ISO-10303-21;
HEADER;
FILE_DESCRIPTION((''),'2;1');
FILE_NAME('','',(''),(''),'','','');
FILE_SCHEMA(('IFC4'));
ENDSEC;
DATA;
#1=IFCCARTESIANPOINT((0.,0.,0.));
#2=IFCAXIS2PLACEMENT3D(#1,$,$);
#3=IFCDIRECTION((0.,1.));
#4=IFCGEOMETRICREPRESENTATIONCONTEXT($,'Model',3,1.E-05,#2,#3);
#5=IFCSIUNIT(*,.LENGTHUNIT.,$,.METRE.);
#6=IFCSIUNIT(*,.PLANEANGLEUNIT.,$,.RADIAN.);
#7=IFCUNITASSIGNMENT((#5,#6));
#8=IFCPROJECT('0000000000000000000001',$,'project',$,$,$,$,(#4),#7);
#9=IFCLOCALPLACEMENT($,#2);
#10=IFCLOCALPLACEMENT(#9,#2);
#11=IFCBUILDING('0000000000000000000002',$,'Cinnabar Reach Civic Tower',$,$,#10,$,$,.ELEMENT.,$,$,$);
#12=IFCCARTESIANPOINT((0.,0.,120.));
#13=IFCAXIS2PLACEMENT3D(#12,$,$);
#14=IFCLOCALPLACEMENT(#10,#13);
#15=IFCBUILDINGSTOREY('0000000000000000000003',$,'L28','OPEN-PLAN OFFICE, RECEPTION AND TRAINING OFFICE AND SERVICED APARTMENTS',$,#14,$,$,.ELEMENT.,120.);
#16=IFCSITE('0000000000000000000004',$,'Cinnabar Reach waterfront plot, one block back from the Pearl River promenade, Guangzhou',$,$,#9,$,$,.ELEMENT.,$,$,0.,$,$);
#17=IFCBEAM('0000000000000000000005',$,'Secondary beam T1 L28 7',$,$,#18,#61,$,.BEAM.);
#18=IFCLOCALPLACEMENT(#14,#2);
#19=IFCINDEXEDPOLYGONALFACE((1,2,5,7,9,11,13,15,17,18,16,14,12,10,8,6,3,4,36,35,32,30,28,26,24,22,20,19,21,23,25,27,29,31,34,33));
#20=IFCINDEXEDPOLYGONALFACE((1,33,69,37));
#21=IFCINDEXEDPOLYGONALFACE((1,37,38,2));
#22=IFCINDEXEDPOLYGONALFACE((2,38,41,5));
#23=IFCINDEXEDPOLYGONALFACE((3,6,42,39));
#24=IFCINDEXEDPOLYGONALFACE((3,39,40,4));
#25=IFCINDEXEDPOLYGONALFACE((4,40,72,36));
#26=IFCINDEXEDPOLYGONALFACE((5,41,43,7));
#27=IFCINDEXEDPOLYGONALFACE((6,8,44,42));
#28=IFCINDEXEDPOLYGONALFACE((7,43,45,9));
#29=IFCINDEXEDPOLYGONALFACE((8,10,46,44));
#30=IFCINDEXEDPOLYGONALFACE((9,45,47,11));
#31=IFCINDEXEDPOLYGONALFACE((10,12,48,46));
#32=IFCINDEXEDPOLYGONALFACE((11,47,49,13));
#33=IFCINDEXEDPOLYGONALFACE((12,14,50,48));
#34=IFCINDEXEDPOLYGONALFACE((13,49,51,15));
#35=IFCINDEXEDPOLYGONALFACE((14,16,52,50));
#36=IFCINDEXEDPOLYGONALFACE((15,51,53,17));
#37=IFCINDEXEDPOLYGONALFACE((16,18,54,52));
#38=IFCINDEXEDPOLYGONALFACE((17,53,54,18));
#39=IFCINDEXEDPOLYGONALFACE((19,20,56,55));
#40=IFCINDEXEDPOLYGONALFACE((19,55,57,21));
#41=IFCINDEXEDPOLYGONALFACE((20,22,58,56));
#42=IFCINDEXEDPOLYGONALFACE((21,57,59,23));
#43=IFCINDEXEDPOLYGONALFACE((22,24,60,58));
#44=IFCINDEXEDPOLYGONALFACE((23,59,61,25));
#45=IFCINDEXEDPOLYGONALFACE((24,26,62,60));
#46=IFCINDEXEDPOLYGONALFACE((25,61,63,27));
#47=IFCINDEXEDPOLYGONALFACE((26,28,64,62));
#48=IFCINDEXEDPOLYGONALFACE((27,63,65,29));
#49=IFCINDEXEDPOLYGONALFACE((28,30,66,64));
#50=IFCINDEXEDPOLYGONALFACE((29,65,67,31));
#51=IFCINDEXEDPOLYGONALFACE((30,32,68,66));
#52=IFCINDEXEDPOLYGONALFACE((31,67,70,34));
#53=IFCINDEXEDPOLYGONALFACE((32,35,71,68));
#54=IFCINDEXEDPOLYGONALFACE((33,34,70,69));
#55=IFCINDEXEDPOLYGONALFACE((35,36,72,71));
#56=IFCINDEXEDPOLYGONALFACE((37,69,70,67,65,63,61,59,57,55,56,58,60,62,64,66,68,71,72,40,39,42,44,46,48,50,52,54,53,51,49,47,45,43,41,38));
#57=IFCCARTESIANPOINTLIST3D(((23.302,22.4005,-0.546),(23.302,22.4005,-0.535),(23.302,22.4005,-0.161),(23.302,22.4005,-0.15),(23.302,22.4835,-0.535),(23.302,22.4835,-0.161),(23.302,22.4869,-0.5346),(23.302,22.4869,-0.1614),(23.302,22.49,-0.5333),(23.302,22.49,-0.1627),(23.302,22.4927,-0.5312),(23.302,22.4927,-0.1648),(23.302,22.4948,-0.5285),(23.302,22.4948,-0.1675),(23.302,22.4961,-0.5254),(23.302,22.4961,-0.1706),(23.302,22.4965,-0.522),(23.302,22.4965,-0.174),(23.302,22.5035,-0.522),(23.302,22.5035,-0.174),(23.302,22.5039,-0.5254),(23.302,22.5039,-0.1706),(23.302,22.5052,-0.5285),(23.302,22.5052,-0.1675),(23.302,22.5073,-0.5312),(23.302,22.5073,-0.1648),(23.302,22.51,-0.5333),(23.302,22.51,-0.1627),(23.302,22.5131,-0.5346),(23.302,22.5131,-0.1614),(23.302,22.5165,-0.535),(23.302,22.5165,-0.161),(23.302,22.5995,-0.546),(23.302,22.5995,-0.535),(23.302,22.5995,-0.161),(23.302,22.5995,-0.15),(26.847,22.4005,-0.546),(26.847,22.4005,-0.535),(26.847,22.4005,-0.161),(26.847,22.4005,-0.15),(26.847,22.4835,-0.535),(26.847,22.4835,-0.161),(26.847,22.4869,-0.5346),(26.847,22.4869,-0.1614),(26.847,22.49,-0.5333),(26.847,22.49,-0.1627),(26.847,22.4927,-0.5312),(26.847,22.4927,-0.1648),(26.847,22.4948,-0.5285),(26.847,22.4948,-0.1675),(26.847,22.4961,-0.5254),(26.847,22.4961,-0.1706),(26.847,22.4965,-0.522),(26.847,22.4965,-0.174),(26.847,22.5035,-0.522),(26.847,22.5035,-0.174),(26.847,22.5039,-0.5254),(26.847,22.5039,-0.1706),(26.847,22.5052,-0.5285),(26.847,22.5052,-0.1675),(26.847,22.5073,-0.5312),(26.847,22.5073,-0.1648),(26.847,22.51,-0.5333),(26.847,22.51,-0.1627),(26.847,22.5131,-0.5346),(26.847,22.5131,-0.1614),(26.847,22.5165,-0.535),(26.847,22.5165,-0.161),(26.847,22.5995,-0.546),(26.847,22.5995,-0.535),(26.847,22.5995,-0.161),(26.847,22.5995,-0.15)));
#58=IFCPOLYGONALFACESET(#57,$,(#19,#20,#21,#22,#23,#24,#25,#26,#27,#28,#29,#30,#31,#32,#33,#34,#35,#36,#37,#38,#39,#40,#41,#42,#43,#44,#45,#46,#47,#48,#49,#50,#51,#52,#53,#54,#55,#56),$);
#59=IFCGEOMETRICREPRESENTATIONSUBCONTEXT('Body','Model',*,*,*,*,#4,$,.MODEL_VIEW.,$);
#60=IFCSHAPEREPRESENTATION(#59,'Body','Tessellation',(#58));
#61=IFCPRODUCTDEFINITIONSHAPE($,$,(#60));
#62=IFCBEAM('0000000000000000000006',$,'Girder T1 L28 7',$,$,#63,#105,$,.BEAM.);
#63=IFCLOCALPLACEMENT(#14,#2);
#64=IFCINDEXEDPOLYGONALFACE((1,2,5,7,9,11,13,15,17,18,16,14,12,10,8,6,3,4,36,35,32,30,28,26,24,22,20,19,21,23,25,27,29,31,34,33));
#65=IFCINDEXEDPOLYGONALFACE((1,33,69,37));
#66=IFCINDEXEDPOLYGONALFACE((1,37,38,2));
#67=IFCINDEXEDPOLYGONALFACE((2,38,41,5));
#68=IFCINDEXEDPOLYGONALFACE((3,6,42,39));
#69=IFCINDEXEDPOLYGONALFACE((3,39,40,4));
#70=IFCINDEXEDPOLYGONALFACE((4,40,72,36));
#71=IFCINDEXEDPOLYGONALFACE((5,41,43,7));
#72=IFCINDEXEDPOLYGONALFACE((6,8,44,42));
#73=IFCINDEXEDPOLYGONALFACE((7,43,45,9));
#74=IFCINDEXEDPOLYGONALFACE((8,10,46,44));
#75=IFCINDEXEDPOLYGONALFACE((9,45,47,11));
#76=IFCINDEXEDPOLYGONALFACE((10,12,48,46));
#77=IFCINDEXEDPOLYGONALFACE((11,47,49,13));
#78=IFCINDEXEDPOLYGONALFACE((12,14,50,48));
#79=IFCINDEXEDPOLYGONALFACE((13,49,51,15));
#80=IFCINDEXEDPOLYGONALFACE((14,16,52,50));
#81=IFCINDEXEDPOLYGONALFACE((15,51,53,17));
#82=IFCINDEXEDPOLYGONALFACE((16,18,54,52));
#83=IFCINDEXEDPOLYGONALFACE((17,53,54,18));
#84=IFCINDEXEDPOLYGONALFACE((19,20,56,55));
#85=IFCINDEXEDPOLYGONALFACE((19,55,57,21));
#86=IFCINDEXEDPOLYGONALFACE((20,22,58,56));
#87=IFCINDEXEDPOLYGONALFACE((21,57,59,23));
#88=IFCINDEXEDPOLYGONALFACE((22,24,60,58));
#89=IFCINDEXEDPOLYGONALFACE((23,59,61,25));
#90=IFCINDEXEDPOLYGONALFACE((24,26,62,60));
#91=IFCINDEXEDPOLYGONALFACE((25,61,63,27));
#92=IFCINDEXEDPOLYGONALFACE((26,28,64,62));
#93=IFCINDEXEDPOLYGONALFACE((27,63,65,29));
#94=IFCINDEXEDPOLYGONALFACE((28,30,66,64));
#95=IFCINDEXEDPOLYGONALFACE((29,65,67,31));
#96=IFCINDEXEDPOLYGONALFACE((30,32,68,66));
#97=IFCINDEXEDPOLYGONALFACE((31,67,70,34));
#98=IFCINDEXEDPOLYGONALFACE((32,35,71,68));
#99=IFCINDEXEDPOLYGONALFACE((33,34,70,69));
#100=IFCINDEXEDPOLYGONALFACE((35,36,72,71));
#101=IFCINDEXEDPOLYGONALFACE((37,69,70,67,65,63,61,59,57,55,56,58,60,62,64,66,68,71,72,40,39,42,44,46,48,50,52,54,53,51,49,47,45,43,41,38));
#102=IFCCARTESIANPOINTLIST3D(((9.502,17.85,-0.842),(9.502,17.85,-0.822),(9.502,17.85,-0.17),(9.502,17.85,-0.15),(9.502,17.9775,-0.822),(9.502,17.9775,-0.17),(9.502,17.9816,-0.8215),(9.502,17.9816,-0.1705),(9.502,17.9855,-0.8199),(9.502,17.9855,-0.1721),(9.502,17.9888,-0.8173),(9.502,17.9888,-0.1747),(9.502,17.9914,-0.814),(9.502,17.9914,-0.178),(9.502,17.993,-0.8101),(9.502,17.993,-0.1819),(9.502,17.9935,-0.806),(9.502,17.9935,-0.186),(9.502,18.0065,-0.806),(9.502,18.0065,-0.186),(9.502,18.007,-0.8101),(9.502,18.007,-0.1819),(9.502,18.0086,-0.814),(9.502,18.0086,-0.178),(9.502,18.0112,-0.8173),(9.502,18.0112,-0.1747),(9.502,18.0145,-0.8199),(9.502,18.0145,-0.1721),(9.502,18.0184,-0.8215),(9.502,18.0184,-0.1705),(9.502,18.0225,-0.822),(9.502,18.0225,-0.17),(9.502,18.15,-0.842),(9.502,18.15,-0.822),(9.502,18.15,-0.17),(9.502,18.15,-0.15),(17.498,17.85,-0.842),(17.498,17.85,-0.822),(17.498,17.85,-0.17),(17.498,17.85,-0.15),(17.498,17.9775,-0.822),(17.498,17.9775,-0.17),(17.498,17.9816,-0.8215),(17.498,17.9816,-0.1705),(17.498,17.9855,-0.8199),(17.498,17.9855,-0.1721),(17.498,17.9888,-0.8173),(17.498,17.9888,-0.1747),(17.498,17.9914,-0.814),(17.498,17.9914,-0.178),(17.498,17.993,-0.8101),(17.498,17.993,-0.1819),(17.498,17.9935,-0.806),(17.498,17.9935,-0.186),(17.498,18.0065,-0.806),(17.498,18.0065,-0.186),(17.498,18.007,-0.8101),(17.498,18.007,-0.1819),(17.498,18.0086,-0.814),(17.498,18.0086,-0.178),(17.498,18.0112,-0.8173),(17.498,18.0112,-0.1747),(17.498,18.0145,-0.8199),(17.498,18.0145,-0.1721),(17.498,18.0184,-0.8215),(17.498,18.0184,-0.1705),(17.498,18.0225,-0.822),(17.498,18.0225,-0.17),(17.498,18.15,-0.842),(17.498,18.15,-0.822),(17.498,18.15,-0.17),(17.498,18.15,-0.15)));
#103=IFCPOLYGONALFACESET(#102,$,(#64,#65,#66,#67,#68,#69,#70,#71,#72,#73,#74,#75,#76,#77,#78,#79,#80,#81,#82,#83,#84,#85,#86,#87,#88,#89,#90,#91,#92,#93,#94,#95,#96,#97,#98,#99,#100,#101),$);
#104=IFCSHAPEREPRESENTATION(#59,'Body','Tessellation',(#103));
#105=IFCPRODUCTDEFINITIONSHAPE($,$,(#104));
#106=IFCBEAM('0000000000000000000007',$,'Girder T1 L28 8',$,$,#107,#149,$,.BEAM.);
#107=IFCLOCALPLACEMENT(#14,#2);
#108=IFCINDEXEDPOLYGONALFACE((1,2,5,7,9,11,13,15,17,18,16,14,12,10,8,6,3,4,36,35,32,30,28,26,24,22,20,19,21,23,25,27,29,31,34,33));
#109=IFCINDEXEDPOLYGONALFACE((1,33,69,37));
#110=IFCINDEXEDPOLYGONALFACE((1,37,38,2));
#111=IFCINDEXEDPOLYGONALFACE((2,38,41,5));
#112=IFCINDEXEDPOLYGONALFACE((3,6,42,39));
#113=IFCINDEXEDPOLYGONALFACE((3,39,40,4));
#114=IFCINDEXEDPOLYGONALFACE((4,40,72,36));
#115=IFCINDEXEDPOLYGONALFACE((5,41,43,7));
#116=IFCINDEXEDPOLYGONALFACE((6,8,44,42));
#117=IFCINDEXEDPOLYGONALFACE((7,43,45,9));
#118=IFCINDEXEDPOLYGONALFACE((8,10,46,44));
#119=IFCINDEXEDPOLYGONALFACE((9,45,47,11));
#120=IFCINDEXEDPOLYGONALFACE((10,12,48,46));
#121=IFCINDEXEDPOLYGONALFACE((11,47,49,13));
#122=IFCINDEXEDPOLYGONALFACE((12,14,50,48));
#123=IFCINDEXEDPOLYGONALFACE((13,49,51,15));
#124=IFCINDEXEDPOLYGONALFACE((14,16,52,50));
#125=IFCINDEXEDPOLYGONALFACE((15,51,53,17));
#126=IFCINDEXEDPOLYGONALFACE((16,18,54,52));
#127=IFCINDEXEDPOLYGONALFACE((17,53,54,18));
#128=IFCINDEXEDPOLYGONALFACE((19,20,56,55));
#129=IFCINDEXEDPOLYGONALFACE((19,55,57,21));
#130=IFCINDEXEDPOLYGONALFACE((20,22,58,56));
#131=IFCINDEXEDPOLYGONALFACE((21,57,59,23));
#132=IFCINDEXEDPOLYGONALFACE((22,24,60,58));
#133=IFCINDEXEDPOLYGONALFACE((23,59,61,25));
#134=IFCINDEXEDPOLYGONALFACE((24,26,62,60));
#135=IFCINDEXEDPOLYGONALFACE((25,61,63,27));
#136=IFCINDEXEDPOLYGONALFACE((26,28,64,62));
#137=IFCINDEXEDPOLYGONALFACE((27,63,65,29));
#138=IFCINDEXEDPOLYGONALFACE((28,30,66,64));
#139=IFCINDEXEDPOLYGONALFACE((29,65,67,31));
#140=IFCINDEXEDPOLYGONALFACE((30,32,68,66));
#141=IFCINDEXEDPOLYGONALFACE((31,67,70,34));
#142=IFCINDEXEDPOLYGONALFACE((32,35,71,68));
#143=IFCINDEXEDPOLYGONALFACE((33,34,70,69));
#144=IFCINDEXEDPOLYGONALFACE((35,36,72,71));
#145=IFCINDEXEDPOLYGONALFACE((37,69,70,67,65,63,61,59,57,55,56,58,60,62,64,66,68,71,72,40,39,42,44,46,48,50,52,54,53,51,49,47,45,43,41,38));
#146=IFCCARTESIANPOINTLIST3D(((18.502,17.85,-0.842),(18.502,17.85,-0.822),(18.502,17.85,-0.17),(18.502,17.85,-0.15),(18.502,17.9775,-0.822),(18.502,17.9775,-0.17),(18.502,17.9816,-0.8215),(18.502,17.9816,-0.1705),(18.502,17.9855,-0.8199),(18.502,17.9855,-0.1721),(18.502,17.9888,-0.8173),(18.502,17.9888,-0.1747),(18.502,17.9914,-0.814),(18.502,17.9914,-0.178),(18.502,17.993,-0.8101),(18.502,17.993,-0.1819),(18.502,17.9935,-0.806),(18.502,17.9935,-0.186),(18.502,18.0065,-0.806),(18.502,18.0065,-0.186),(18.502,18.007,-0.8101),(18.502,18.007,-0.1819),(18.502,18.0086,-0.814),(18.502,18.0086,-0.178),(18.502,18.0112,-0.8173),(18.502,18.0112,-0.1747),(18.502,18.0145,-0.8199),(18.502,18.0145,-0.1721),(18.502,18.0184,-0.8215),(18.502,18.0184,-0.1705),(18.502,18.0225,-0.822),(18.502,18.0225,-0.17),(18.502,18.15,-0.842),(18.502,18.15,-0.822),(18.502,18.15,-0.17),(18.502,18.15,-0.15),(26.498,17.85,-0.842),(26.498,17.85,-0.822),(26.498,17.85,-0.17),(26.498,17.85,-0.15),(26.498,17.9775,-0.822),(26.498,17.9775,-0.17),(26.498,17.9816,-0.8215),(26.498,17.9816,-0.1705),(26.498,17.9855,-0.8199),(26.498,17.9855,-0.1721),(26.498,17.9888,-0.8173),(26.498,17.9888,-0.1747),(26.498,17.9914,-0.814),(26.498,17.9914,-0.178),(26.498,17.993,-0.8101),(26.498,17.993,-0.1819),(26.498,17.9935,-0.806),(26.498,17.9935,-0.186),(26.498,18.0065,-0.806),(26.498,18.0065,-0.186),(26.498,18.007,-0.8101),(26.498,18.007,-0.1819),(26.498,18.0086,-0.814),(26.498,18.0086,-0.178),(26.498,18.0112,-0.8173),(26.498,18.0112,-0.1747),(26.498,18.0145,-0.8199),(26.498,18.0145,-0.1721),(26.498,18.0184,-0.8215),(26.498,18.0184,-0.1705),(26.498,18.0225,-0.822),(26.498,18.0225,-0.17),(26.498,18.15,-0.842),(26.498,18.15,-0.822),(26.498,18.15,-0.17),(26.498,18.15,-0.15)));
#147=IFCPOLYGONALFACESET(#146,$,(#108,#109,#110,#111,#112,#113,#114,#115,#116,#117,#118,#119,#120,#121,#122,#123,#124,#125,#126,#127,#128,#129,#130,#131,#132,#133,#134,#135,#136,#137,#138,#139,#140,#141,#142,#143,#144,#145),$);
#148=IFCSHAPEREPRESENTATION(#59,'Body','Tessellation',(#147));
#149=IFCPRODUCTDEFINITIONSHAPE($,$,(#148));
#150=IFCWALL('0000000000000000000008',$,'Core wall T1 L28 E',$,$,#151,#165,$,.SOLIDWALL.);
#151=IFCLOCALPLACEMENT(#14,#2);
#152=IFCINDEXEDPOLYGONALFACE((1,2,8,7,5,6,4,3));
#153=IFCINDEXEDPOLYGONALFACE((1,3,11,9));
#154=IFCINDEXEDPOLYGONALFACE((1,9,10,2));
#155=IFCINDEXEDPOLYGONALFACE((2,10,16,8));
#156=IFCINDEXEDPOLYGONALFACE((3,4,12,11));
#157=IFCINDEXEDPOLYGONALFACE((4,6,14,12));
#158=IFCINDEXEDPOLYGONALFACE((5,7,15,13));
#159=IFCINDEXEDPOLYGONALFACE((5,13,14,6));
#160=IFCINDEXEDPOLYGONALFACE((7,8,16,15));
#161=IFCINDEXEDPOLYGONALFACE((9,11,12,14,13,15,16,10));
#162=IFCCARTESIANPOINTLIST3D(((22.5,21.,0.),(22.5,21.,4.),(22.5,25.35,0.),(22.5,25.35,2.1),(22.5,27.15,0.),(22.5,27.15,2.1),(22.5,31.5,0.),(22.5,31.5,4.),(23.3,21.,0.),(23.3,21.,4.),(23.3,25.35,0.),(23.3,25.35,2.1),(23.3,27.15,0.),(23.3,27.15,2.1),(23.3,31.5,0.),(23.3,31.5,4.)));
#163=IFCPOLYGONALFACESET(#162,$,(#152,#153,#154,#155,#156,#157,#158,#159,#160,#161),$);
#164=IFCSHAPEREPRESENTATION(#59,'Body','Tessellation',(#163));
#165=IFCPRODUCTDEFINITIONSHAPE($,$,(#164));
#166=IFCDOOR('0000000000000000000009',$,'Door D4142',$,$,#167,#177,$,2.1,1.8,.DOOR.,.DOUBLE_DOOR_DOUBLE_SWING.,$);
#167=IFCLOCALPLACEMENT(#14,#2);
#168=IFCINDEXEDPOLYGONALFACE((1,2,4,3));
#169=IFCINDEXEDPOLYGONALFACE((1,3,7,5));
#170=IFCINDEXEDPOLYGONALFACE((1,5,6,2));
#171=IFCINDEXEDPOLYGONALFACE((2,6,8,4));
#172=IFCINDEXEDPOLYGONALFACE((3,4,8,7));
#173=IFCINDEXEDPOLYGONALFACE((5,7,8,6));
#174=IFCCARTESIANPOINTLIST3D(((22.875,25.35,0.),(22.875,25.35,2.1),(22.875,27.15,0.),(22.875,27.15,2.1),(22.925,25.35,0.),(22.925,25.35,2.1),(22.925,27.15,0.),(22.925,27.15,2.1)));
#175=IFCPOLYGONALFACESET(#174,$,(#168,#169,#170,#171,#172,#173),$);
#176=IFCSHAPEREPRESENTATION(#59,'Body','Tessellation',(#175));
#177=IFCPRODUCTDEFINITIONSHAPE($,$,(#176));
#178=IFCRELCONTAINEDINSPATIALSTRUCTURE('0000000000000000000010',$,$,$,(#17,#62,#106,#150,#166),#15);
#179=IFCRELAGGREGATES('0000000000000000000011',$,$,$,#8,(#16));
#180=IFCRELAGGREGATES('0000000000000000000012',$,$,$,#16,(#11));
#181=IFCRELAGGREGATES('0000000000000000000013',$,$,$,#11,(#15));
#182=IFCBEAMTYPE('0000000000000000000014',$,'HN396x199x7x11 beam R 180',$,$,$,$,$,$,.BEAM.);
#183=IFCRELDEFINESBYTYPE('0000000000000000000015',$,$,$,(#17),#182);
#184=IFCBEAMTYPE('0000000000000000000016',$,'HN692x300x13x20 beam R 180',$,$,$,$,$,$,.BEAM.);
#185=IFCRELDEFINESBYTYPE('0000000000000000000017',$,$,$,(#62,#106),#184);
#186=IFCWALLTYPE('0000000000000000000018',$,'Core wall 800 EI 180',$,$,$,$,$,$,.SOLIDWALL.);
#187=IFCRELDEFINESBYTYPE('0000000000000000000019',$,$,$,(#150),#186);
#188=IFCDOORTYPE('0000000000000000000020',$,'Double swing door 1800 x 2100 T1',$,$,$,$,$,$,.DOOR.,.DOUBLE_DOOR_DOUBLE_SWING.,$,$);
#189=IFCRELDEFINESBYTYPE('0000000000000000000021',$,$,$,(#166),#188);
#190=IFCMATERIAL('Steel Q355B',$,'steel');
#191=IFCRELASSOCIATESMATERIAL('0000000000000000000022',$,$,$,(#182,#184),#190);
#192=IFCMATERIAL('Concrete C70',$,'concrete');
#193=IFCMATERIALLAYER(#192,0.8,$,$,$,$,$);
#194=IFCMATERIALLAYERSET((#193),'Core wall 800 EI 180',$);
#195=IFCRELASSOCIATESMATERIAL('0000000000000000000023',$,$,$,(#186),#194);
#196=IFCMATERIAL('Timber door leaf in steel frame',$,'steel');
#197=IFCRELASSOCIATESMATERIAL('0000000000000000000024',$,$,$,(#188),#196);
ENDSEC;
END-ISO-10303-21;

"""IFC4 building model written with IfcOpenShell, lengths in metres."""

from ifc_helpers import new_model, si_unit, direction, frame, frame_2d, origin, origin_2d, place, context, subcontext, project, spatial, rectangle, i_section, extrude, material, layer, layer_set, material_profile, profile_set, type_object, element, fill, save


model = new_model("IFC4")

# Units and contexts
model_context = context("Model", 3, precision=1e-05, world=origin(), true_north=direction((0.0, 1.0)))
body_context = subcontext(model_context, "Body", "Model", "MODEL_VIEW")
ifc_project = project(units=[si_unit("LENGTHUNIT", "METRE"), si_unit("PLANEANGLEUNIT", "RADIAN")], contexts=[model_context])

# Site, building, storey
site_placement = place(None, origin())
site = spatial("IfcSite", under=ifc_project, at=site_placement, Name="Cinnabar Reach waterfront plot, one block back from the Pearl River promenade, Guangzhou", CompositionType="ELEMENT", RefElevation=0.0)
building_placement = place(site_placement, origin())
building = spatial("IfcBuilding", under=site, at=building_placement, Name="Cinnabar Reach Civic Tower", CompositionType="ELEMENT")
storey_placement = place(building_placement, frame((0.0, 0.0, 120.0)))
storey = spatial("IfcBuildingStorey", under=building, at=storey_placement, Name="L28", Description="OPEN-PLAN OFFICE, RECEPTION AND TRAINING OFFICE AND SERVICED APARTMENTS", CompositionType="ELEMENT", Elevation=120.0)

# Shared definitions
ifc_material_1 = material(Name="Concrete C70", Category="concrete")

# Beams
ifc_material_2 = material(Name="Steel Q355B", Category="steel")
ifc_material_profile_1 = material_profile(ifc_material_2, i_section(OverallWidth=0.199, OverallDepth=0.396, WebThickness=0.007, FlangeThickness=0.011, FilletRadius=0.013, at=origin_2d()), Name="HN396x199x7x11")
ifc_profile_set_1 = profile_set([ifc_material_profile_1], Name="Steel Q355B")
beam_type_1 = type_object("IfcBeamType", Name="HN396x199x7x11 beam R 180", PredefinedType="BEAM", material=ifc_profile_set_1)
beam_1_placement = place(storey_placement, frame((23.302, 22.5, -0.348), z_axis=(1.0, 0.0, 0.0), x_axis=(0.0, 1.0, 0.0)))
element("IfcBeam", 1, at=beam_1_placement, inside=storey, type_object=beam_type_1, Name="Secondary beam T1 L28 7", PredefinedType="BEAM", context=body_context, shape_type="SweptSolid", body=[
    extrude(i_section(OverallWidth=0.199, OverallDepth=0.396, WebThickness=0.007, FlangeThickness=0.011, FilletRadius=0.013, at=origin_2d()), origin(), (0.0, 0.0, 1.0), 3.545),
])
ifc_material_profile_2 = material_profile(ifc_material_2, i_section(OverallWidth=0.3, OverallDepth=0.692, WebThickness=0.013, FlangeThickness=0.02, FilletRadius=0.016, at=origin_2d()), Name="HN692x300x13x20")
ifc_profile_set_2 = profile_set([ifc_material_profile_2], Name="Steel Q355B")
beam_type_2 = type_object("IfcBeamType", Name="HN692x300x13x20 beam R 180", PredefinedType="BEAM", material=ifc_profile_set_2)
for number, where, z_axis, x_axis, name in (
    (2, (9.502, 18.0, -0.496), (1.0, 0.0, 0.0), (0.0, 1.0, 0.0), "Girder T1 L28 7"),
    (3, (18.502, 18.0, -0.496), (1.0, 0.0, 0.0), (0.0, 1.0, 0.0), "Girder T1 L28 8"),
):
    element("IfcBeam", number, at=place(storey_placement, frame(where, z_axis=z_axis, x_axis=x_axis)), inside=storey, type_object=beam_type_2, Name=name, PredefinedType="BEAM", context=body_context, shape_type="SweptSolid", body=[
        extrude(i_section(OverallWidth=0.3, OverallDepth=0.692, WebThickness=0.013, FlangeThickness=0.02, FilletRadius=0.016, at=origin_2d()), origin(), (0.0, 0.0, 1.0), 7.996),
    ])

# Wall, opening, door
ifc_layer_1 = layer(ifc_material_1, 0.8)
ifc_layer_set_1 = layer_set([ifc_layer_1], Name="Core wall 800 EI 180")
wall_type_1 = type_object("IfcWallType", Name="Core wall 800 EI 180", PredefinedType="SOLIDWALL", material=ifc_layer_set_1)
wall_1_placement = place(storey_placement, frame((22.9, 21.0, 0.0), z_axis=(0.0, 0.0, 1.0), x_axis=(0.0, 1.0, 0.0)))
wall_1 = element("IfcWall", 4, at=wall_1_placement, inside=storey, type_object=wall_type_1, Name="Core wall T1 L28 E", PredefinedType="SOLIDWALL", context=body_context, shape_type="SweptSolid", body=[
    extrude(rectangle(XDim=10.5, YDim=0.8, at=frame_2d((5.25, 0.0))), origin(), (0.0, 0.0, 1.0), 4.0),
])
opening_1_placement = place(wall_1_placement, frame((4.35, 0.0, 0.0)))
opening_1 = element("IfcOpeningElement", 5, at=opening_1_placement, cuts=wall_1, PredefinedType="OPENING", context=body_context, shape_type="SweptSolid", body=[
    extrude(rectangle(XDim=1.8, YDim=2.1, at=frame_2d((0.9, 1.05))), frame((0.0, 0.41, 0.0), z_axis=(0.0, -1.0, 0.0), x_axis=(1.0, 0.0, 0.0)), (0.0, 0.0, 1.0), 0.82),
])
ifc_material_3 = material(Name="Timber door leaf in steel frame", Category="steel")
door_type_1 = type_object("IfcDoorType", Name="Double swing door 1800 x 2100 T1", OperationType="DOUBLE_DOOR_DOUBLE_SWING", PredefinedType="DOOR", material=ifc_material_3)
door_1_placement = place(opening_1_placement, origin())
door_1 = element("IfcDoor", 6, at=door_1_placement, inside=storey, type_object=door_type_1, Name="Door D4142", OperationType="DOUBLE_DOOR_DOUBLE_SWING", OverallHeight=2.1, OverallWidth=1.8, PredefinedType="DOOR", context=body_context, shape_type="SweptSolid", body=[
    extrude(rectangle(XDim=1.8, YDim=2.1, at=frame_2d((0.9, 1.05))), frame((0.0, 0.025, 0.0), z_axis=(0.0, -1.0, 0.0), x_axis=(1.0, 0.0, 0.0)), (0.0, 0.0, 1.0), 0.05),
])
fill(opening_1, door_1)

save(model, "model.ifc")
